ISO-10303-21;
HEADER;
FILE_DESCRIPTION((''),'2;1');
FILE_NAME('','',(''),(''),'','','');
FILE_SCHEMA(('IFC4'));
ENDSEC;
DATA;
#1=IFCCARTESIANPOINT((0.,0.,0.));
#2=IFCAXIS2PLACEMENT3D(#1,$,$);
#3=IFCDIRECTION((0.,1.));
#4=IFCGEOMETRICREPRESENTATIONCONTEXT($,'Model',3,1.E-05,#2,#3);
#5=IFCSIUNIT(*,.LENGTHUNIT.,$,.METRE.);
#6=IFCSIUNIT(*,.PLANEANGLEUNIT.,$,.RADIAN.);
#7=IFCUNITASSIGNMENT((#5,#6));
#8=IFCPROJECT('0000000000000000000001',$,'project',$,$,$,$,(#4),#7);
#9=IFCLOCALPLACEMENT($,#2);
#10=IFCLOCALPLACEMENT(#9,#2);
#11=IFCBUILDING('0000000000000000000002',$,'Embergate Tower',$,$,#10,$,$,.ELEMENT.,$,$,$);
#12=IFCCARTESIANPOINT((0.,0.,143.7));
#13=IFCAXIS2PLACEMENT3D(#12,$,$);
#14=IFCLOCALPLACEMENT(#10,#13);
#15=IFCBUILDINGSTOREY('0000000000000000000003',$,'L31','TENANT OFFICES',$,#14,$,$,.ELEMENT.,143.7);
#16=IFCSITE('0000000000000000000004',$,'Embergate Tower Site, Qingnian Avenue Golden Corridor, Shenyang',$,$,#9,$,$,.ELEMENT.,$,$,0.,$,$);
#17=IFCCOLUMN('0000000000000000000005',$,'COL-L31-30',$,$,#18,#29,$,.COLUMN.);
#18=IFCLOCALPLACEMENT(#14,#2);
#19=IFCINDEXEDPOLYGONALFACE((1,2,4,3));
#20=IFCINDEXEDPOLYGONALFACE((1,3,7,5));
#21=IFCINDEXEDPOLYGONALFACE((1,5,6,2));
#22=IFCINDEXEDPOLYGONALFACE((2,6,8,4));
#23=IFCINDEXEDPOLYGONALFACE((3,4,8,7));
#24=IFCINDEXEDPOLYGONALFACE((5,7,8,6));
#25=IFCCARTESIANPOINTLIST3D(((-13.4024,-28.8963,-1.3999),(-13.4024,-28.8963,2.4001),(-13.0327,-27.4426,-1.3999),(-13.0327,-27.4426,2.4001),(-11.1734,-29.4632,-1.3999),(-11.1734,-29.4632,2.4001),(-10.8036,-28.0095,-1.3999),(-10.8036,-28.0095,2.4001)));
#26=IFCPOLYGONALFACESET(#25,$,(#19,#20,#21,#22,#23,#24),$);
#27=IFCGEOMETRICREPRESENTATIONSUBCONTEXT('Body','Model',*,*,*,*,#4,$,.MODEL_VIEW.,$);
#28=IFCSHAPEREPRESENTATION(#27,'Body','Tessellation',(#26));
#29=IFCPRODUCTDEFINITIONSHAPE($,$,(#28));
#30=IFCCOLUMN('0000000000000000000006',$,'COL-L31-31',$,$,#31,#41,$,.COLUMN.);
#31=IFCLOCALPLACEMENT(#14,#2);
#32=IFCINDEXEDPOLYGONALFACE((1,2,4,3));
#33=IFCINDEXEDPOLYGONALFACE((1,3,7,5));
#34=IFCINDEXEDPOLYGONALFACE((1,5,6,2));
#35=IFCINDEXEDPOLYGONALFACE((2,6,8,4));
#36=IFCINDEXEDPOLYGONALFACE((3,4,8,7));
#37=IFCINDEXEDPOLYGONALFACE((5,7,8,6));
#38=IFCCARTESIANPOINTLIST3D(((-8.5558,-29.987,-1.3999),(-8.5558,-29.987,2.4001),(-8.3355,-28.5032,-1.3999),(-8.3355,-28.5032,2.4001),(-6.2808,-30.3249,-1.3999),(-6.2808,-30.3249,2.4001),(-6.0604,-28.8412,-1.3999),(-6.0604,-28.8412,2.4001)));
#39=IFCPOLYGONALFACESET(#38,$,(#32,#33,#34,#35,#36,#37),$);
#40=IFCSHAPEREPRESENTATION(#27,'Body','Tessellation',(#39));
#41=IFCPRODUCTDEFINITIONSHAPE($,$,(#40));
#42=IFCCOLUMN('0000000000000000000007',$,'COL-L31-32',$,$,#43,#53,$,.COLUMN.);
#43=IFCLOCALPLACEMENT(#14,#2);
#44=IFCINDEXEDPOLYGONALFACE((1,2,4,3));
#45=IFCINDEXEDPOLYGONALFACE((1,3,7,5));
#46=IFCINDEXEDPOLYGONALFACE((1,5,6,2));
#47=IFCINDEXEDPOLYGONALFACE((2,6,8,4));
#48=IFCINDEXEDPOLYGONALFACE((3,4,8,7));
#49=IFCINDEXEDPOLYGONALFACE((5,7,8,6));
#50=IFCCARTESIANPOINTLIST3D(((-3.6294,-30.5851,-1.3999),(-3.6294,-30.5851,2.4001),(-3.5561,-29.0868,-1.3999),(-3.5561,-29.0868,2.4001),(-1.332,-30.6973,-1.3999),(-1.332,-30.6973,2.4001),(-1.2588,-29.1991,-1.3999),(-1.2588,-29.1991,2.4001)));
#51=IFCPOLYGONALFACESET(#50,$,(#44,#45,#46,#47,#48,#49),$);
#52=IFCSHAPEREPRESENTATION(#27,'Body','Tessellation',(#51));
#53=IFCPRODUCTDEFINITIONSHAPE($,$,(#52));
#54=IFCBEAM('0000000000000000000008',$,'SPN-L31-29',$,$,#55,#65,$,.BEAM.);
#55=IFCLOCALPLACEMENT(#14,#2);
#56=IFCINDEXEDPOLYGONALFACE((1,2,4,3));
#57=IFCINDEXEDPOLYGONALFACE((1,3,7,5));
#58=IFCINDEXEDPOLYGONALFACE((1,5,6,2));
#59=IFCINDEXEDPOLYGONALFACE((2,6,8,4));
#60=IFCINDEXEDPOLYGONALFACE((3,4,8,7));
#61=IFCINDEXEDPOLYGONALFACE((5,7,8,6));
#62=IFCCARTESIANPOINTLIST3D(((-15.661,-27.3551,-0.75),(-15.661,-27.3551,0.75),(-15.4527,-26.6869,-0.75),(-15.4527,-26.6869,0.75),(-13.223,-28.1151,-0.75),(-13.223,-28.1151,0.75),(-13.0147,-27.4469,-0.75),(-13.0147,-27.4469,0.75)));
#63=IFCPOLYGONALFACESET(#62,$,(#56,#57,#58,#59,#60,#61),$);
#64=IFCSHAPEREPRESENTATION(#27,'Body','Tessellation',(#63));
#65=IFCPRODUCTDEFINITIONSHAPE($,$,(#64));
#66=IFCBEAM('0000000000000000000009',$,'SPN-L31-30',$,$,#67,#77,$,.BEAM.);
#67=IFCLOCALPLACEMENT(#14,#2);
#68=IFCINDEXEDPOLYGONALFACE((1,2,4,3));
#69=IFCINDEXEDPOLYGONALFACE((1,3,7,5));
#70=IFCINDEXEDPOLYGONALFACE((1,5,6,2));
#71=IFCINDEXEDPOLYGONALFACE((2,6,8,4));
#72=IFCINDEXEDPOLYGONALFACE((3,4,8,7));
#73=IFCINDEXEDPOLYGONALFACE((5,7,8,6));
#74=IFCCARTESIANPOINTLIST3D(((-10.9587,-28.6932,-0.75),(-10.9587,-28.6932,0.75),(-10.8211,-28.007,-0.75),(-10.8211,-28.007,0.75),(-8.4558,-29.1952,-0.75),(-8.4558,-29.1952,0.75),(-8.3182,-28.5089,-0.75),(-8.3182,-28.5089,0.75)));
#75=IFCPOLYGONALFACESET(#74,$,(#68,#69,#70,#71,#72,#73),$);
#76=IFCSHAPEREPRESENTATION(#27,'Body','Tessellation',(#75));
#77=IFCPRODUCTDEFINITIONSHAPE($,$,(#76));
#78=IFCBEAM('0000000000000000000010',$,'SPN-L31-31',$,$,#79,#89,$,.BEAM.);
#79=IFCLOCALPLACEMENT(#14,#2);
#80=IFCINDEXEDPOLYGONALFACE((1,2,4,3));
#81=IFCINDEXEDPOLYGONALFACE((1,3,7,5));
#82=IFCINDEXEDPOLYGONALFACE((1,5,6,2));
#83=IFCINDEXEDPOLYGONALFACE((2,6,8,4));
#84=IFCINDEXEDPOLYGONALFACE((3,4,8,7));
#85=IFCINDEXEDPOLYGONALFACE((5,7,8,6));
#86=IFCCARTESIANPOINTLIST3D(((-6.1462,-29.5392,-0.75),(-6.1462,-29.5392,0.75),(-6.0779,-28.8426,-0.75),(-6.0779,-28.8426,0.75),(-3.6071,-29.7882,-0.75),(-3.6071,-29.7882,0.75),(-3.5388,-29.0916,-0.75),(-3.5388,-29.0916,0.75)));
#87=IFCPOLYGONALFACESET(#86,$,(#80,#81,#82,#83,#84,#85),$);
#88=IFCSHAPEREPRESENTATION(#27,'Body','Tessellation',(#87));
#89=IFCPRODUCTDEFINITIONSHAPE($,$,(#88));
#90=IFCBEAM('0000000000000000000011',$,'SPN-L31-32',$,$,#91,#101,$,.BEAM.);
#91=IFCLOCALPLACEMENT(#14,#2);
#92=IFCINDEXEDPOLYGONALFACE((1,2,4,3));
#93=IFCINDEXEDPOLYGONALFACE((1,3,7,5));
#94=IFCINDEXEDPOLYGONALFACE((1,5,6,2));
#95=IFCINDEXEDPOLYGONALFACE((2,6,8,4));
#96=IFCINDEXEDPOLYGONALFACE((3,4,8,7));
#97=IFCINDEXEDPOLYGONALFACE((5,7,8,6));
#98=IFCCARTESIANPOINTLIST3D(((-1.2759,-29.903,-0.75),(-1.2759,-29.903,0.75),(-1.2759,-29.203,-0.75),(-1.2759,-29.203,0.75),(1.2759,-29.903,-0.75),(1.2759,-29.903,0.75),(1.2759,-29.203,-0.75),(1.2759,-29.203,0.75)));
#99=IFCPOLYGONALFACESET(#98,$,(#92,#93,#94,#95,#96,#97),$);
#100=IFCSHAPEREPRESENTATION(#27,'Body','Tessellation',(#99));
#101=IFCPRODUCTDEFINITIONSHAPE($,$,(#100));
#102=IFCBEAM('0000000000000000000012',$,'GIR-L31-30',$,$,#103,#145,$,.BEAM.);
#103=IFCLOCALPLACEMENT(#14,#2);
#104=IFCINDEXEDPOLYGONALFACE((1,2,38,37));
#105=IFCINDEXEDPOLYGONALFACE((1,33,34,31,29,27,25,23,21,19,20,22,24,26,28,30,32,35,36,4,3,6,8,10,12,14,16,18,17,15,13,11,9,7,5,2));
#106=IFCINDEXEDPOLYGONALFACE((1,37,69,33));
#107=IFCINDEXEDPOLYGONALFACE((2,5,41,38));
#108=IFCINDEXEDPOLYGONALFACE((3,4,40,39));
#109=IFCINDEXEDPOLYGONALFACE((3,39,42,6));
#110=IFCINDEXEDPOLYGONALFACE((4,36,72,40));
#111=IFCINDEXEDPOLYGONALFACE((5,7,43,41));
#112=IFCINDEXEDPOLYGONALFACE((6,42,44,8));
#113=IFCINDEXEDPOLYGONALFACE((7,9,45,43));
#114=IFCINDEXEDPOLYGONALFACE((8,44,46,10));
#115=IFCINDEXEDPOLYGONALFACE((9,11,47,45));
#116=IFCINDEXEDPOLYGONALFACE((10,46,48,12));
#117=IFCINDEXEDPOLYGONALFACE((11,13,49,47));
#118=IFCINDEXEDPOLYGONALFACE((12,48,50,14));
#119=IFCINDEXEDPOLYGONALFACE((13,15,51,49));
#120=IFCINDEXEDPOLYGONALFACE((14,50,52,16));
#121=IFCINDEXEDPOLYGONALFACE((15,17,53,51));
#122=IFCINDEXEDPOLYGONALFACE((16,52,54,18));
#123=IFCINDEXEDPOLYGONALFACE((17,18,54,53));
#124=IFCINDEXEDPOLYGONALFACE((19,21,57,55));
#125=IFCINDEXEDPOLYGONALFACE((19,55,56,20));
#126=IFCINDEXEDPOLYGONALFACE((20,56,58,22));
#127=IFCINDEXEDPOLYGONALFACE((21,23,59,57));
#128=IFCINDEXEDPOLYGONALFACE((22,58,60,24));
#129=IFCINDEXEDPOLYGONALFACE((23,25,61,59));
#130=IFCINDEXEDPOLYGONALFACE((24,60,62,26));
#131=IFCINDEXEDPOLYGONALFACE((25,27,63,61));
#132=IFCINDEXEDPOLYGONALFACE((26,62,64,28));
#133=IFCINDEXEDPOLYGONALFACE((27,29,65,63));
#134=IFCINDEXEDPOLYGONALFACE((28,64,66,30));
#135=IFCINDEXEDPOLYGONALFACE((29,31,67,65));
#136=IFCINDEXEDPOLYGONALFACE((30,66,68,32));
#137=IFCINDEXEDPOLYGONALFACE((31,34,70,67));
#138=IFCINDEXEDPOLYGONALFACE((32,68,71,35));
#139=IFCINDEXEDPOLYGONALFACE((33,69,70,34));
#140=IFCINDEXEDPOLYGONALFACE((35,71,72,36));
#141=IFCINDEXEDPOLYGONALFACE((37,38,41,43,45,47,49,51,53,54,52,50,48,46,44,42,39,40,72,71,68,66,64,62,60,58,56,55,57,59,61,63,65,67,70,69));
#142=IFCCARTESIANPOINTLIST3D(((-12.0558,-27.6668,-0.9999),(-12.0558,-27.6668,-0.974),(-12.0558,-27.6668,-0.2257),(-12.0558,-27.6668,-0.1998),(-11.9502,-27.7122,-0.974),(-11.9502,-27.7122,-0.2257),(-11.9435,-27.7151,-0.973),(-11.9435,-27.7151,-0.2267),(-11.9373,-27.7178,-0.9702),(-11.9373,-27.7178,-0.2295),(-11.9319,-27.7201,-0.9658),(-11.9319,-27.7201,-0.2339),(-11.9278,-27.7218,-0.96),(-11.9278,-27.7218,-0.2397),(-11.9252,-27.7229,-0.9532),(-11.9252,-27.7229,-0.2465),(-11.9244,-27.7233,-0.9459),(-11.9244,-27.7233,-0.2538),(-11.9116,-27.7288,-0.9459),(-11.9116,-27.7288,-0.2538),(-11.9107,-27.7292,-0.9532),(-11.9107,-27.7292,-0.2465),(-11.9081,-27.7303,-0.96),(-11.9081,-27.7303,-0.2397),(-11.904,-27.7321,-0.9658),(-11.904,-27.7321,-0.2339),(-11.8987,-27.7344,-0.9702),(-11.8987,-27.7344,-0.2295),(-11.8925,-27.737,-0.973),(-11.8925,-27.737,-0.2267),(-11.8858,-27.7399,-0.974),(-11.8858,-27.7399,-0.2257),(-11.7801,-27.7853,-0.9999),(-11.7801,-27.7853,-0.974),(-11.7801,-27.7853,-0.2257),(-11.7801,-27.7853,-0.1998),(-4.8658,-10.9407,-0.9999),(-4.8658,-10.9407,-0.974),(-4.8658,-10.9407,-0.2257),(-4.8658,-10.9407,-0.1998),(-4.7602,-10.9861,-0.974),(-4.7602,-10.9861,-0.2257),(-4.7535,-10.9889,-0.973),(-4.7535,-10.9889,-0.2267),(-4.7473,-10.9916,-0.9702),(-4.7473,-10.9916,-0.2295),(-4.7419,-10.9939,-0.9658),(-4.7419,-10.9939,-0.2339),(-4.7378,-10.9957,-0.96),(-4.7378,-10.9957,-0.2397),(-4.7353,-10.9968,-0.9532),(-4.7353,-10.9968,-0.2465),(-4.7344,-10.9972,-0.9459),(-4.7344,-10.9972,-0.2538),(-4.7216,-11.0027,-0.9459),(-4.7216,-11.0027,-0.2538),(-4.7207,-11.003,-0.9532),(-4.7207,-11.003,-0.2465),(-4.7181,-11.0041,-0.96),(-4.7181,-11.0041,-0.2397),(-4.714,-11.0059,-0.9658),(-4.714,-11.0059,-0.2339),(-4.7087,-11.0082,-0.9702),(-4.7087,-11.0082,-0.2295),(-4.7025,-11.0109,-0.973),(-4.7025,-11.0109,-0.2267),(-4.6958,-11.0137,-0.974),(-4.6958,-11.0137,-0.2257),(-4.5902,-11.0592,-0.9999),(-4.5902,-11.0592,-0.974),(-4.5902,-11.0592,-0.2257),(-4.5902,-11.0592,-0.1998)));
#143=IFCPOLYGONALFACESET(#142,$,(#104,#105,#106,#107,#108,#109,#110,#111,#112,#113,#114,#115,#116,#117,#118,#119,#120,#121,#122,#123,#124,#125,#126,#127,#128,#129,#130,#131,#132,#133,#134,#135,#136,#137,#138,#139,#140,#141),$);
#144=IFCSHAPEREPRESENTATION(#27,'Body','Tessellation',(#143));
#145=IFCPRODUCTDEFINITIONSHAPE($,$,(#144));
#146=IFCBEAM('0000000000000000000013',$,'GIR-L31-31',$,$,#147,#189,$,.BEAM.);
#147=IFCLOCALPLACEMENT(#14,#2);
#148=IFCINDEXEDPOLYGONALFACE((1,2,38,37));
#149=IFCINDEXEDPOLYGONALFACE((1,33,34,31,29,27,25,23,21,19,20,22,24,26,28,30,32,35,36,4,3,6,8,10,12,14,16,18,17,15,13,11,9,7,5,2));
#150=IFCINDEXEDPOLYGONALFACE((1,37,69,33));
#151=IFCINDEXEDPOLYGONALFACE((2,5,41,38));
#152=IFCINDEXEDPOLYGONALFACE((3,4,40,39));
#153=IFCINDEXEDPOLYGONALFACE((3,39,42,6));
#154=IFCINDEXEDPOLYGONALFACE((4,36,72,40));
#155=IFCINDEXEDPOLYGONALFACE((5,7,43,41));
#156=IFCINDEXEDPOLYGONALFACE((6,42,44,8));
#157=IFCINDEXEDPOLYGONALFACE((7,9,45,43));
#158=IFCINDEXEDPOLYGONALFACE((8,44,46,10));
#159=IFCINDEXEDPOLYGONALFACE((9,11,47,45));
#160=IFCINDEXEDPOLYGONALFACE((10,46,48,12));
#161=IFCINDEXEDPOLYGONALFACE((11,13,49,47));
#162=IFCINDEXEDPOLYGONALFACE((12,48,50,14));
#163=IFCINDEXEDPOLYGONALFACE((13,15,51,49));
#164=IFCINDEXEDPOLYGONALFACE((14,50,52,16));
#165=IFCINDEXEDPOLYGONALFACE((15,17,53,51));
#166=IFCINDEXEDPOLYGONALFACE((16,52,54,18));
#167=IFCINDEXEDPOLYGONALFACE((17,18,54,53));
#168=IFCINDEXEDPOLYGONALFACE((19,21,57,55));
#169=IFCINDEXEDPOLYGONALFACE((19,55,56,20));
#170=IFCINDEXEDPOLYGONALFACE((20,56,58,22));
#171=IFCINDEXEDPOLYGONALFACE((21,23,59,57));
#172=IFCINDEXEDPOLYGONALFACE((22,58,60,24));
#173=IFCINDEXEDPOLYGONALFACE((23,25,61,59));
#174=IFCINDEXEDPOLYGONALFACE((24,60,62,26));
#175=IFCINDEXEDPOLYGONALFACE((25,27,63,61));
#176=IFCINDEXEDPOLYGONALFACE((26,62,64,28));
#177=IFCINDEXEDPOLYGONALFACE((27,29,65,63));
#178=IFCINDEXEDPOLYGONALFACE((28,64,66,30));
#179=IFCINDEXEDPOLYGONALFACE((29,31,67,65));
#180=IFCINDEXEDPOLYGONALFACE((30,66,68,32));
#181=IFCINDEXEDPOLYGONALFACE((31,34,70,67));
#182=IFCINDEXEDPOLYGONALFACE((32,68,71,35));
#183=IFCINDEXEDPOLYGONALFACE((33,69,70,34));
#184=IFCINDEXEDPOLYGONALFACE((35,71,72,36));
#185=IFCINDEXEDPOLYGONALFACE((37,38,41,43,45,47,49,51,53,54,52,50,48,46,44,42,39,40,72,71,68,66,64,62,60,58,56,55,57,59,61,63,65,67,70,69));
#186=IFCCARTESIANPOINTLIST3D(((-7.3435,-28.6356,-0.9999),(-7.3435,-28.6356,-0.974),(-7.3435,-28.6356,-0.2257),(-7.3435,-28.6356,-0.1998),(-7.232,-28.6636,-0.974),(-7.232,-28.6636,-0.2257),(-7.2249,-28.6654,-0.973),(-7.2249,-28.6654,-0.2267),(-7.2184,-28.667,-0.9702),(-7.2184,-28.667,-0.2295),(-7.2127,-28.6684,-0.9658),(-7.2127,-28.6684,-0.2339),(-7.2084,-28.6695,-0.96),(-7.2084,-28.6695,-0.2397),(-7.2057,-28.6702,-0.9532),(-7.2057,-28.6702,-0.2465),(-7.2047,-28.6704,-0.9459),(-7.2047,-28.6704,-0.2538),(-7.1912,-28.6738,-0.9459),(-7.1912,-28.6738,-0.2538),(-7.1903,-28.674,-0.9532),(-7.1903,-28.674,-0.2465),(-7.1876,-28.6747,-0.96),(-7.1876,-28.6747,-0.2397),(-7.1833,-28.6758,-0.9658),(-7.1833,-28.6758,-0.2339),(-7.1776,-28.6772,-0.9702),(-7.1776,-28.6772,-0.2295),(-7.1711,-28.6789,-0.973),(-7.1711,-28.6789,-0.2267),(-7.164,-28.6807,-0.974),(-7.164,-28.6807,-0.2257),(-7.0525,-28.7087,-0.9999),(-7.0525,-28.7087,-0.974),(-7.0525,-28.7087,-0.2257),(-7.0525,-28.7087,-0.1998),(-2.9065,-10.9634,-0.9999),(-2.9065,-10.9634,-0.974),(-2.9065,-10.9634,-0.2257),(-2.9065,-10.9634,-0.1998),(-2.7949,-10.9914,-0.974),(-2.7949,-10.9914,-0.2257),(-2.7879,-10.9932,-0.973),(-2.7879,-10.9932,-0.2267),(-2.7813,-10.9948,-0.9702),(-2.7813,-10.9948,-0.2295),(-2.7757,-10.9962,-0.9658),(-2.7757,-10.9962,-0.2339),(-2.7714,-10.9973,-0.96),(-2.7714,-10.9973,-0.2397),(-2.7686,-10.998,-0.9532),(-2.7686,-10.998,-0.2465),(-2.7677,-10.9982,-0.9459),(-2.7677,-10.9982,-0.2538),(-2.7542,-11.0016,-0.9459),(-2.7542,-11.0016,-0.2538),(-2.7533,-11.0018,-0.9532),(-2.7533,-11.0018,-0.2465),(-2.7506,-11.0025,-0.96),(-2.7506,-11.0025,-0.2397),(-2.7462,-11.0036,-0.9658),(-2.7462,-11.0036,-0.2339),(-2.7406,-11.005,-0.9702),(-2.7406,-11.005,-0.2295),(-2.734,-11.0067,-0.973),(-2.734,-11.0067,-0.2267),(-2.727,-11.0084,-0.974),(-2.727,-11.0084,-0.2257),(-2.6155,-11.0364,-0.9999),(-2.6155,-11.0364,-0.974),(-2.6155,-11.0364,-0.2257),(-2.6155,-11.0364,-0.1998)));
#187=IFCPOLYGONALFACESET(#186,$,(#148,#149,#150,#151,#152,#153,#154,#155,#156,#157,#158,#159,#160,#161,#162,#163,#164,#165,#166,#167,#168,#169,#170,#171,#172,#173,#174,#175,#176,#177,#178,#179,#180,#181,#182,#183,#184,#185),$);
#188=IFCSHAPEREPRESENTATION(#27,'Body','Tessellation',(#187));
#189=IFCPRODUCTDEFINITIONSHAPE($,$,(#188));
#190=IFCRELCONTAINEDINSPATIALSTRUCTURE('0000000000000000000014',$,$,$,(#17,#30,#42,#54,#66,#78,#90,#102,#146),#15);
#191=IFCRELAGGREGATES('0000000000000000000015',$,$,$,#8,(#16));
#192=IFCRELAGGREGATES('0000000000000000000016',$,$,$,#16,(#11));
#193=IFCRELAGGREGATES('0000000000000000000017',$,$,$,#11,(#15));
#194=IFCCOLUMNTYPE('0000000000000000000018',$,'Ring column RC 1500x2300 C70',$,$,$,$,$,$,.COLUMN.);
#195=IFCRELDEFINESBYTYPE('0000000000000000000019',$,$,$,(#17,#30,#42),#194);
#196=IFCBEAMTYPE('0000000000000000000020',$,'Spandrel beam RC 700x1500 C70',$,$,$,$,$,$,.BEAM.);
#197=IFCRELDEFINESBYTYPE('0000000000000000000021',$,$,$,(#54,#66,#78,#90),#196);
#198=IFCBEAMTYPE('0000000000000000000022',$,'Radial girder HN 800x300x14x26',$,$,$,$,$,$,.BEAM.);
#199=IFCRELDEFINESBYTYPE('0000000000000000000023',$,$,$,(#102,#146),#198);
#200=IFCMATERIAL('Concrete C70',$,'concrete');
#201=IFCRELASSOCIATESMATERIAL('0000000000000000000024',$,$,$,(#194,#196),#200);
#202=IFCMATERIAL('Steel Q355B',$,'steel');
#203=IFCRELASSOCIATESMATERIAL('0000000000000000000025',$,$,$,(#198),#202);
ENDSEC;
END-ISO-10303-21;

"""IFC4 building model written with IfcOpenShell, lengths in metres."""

from ifc_helpers import new_model, si_unit, direction, frame, origin, origin_2d, place, context, subcontext, project, spatial, rectangle, i_section, extrude, source, transform, mapped, material, material_profile, profile_set, type_object, element, save


model = new_model("IFC4")

# Units and contexts
model_context = context("Model", 3, precision=1e-05, world=origin(), true_north=direction((0.0, 1.0)))
body_context = subcontext(model_context, "Body", "Model", "MODEL_VIEW")
ifc_project = project(units=[si_unit("LENGTHUNIT", "METRE"), si_unit("PLANEANGLEUNIT", "RADIAN")], contexts=[model_context])

# Site, building, storey
site_placement = place(None, origin())
site = spatial("IfcSite", under=ifc_project, at=site_placement, Name="Embergate Tower Site, Qingnian Avenue Golden Corridor, Shenyang", CompositionType="ELEMENT", RefElevation=0.0)
building_placement = place(site_placement, origin())
building = spatial("IfcBuilding", under=site, at=building_placement, Name="Embergate Tower", CompositionType="ELEMENT")
storey_placement = place(building_placement, frame((0.0, 0.0, 143.7)))
storey = spatial("IfcBuildingStorey", under=building, at=storey_placement, Name="L31", Description="TENANT OFFICES", CompositionType="ELEMENT", Elevation=143.7)

# Columns
ifc_material_1 = material(Name="Concrete C70", Category="concrete")
ifc_material_profile_1 = material_profile(ifc_material_1, rectangle(XDim=1.5, YDim=2.3, at=origin_2d()), Name="RC 1500x2300")
ifc_profile_set_1 = profile_set([ifc_material_profile_1], Name="Concrete C70")
column_type = type_object("IfcColumnType", Name="Ring column RC 1500x2300 C70", PredefinedType="COLUMN", material=ifc_profile_set_1)
shared_shape_1 = source(origin(), body_context, "Body", "SweptSolid", [
    extrude(rectangle(XDim=1.5, YDim=2.3, at=origin_2d()), origin(), (0.0, 0.0, 1.0), 3.8),
])
for number, where, z_axis, x_axis, name in (
    (1, (-12.103, -28.4529, -1.3999), (0.0, 0.0, 1.0), (-0.246492, -0.969145, 0.0), "COL-L31-30"),
    (2, (-7.3081, -29.4141, -1.3999), (0.0, 0.0, 1.0), (-0.146929, -0.989147, 0.0), "COL-L31-31"),
    (3, (-2.4441, -29.8921, -1.3999), (0.0, 0.0, 1.0), (-0.048815, -0.998808, 0.0), "COL-L31-32"),
):
    element("IfcColumn", number, at=place(storey_placement, frame(where, z_axis=z_axis, x_axis=x_axis)), inside=storey, type_object=column_type, Name=name, PredefinedType="COLUMN", context=body_context, shape_type="MappedRepresentation", body=[
        mapped(shared_shape_1, transform((0.0, 0.0, 0.0))),
    ])

# Beams
ifc_material_profile_2 = material_profile(ifc_material_1, rectangle(XDim=0.7, YDim=1.5, at=origin_2d()), Name="RC 700x1500")
ifc_profile_set_2 = profile_set([ifc_material_profile_2], Name="Concrete C70")
beam_type_1 = type_object("IfcBeamType", Name="Spandrel beam RC 700x1500 C70", PredefinedType="BEAM", material=ifc_profile_set_2)
shared_shape_2 = source(origin(), body_context, "Body", "SweptSolid", [
    extrude(rectangle(XDim=0.7, YDim=1.5, at=origin_2d()), origin(), (0.0, 0.0, 1.0), 2.5537),
])
beam_1_placement = place(storey_placement, frame((-15.5569, -27.021, 0.0), z_axis=(0.954687, -0.297611, 0.0), x_axis=(0.297611, 0.954687, 0.0)))
element("IfcBeam", 4, at=beam_1_placement, inside=storey, type_object=beam_type_1, Name="SPN-L31-29", PredefinedType="BEAM", context=body_context, shape_type="MappedRepresentation", body=[
    mapped(shared_shape_2, transform((0.0, 0.0, 0.0))),
])
shared_shape_3 = source(origin(), body_context, "Body", "SweptSolid", [
    extrude(rectangle(XDim=0.7, YDim=1.5, at=origin_2d()), origin(), (0.0, 0.0, 1.0), 2.5527),
])
beam_2_placement = place(storey_placement, frame((-10.8899, -28.3501, 0.0), z_axis=(0.980478, -0.196631, 0.0), x_axis=(0.196631, 0.980478, 0.0)))
element("IfcBeam", 5, at=beam_2_placement, inside=storey, type_object=beam_type_1, Name="SPN-L31-30", PredefinedType="BEAM", context=body_context, shape_type="MappedRepresentation", body=[
    mapped(shared_shape_3, transform((0.0, 0.0, 0.0))),
])
shared_shape_4 = source(origin(), body_context, "Body", "SweptSolid", [
    extrude(rectangle(XDim=0.7, YDim=1.5, at=origin_2d()), origin(), (0.0, 0.0, 1.0), 2.5513),
])
beam_3_placement = place(storey_placement, frame((-6.1121, -29.1909, 0.0), z_axis=(0.995225, -0.097609, 0.0), x_axis=(0.097609, 0.995225, 0.0)))
element("IfcBeam", 6, at=beam_3_placement, inside=storey, type_object=beam_type_1, Name="SPN-L31-31", PredefinedType="BEAM", context=body_context, shape_type="MappedRepresentation", body=[
    mapped(shared_shape_4, transform((0.0, 0.0, 0.0))),
])
shared_shape_5 = source(origin(), body_context, "Body", "SweptSolid", [
    extrude(rectangle(XDim=0.7, YDim=1.5, at=origin_2d()), origin(), (0.0, 0.0, 1.0), 2.5518),
])
beam_4_placement = place(storey_placement, frame((-1.2759, -29.553, 0.0), z_axis=(1.0, 0.0, 0.0), x_axis=(0.0, 1.0, 0.0)))
element("IfcBeam", 7, at=beam_4_placement, inside=storey, type_object=beam_type_1, Name="SPN-L31-32", PredefinedType="BEAM", context=body_context, shape_type="MappedRepresentation", body=[
    mapped(shared_shape_5, transform((0.0, 0.0, 0.0))),
])
ifc_material_2 = material(Name="Steel Q355B", Category="steel")
ifc_material_profile_3 = material_profile(ifc_material_2, i_section(OverallWidth=0.3, OverallDepth=0.8, WebThickness=0.0139, FlangeThickness=0.0259, FilletRadius=0.0281, at=origin_2d()), Name="HN 800x300x14x26")
ifc_profile_set_3 = profile_set([ifc_material_profile_3], Name="Steel Q355 grade B")
beam_type_2 = type_object("IfcBeamType", Name="Radial girder HN 800x300x14x26", PredefinedType="BEAM", material=ifc_profile_set_3)
shared_shape_6 = source(origin(), body_context, "Body", "SweptSolid", [
    extrude(i_section(OverallWidth=0.3, OverallDepth=0.8, WebThickness=0.0139, FlangeThickness=0.0259, FilletRadius=0.0281, at=origin_2d()), origin(), (0.0, 0.0, 1.0), 18.2061),
])
beam_5_placement = place(storey_placement, frame((-11.918, -27.7261, -0.5999), z_axis=(0.394922, 0.918714, 0.0), x_axis=(-0.918714, 0.394922, 0.0)))
element("IfcBeam", 8, at=beam_5_placement, inside=storey, type_object=beam_type_2, Name="GIR-L31-30", PredefinedType="BEAM", context=body_context, shape_type="MappedRepresentation", body=[
    mapped(shared_shape_6, transform((0.0, 0.0, 0.0))),
])
shared_shape_7 = source(origin(), body_context, "Body", "SweptSolid", [
    extrude(i_section(OverallWidth=0.3, OverallDepth=0.8, WebThickness=0.0139, FlangeThickness=0.0259, FilletRadius=0.0281, at=origin_2d()), origin(), (0.0, 0.0, 1.0), 18.2207),
])
beam_6_placement = place(storey_placement, frame((-7.198, -28.6721, -0.5999), z_axis=(0.243516, 0.969897, 0.0), x_axis=(-0.969897, 0.243516, 0.0)))
element("IfcBeam", 9, at=beam_6_placement, inside=storey, type_object=beam_type_2, Name="GIR-L31-31", PredefinedType="BEAM", context=body_context, shape_type="MappedRepresentation", body=[
    mapped(shared_shape_7, transform((0.0, 0.0, 0.0))),
])

save(model, "model.ifc")
